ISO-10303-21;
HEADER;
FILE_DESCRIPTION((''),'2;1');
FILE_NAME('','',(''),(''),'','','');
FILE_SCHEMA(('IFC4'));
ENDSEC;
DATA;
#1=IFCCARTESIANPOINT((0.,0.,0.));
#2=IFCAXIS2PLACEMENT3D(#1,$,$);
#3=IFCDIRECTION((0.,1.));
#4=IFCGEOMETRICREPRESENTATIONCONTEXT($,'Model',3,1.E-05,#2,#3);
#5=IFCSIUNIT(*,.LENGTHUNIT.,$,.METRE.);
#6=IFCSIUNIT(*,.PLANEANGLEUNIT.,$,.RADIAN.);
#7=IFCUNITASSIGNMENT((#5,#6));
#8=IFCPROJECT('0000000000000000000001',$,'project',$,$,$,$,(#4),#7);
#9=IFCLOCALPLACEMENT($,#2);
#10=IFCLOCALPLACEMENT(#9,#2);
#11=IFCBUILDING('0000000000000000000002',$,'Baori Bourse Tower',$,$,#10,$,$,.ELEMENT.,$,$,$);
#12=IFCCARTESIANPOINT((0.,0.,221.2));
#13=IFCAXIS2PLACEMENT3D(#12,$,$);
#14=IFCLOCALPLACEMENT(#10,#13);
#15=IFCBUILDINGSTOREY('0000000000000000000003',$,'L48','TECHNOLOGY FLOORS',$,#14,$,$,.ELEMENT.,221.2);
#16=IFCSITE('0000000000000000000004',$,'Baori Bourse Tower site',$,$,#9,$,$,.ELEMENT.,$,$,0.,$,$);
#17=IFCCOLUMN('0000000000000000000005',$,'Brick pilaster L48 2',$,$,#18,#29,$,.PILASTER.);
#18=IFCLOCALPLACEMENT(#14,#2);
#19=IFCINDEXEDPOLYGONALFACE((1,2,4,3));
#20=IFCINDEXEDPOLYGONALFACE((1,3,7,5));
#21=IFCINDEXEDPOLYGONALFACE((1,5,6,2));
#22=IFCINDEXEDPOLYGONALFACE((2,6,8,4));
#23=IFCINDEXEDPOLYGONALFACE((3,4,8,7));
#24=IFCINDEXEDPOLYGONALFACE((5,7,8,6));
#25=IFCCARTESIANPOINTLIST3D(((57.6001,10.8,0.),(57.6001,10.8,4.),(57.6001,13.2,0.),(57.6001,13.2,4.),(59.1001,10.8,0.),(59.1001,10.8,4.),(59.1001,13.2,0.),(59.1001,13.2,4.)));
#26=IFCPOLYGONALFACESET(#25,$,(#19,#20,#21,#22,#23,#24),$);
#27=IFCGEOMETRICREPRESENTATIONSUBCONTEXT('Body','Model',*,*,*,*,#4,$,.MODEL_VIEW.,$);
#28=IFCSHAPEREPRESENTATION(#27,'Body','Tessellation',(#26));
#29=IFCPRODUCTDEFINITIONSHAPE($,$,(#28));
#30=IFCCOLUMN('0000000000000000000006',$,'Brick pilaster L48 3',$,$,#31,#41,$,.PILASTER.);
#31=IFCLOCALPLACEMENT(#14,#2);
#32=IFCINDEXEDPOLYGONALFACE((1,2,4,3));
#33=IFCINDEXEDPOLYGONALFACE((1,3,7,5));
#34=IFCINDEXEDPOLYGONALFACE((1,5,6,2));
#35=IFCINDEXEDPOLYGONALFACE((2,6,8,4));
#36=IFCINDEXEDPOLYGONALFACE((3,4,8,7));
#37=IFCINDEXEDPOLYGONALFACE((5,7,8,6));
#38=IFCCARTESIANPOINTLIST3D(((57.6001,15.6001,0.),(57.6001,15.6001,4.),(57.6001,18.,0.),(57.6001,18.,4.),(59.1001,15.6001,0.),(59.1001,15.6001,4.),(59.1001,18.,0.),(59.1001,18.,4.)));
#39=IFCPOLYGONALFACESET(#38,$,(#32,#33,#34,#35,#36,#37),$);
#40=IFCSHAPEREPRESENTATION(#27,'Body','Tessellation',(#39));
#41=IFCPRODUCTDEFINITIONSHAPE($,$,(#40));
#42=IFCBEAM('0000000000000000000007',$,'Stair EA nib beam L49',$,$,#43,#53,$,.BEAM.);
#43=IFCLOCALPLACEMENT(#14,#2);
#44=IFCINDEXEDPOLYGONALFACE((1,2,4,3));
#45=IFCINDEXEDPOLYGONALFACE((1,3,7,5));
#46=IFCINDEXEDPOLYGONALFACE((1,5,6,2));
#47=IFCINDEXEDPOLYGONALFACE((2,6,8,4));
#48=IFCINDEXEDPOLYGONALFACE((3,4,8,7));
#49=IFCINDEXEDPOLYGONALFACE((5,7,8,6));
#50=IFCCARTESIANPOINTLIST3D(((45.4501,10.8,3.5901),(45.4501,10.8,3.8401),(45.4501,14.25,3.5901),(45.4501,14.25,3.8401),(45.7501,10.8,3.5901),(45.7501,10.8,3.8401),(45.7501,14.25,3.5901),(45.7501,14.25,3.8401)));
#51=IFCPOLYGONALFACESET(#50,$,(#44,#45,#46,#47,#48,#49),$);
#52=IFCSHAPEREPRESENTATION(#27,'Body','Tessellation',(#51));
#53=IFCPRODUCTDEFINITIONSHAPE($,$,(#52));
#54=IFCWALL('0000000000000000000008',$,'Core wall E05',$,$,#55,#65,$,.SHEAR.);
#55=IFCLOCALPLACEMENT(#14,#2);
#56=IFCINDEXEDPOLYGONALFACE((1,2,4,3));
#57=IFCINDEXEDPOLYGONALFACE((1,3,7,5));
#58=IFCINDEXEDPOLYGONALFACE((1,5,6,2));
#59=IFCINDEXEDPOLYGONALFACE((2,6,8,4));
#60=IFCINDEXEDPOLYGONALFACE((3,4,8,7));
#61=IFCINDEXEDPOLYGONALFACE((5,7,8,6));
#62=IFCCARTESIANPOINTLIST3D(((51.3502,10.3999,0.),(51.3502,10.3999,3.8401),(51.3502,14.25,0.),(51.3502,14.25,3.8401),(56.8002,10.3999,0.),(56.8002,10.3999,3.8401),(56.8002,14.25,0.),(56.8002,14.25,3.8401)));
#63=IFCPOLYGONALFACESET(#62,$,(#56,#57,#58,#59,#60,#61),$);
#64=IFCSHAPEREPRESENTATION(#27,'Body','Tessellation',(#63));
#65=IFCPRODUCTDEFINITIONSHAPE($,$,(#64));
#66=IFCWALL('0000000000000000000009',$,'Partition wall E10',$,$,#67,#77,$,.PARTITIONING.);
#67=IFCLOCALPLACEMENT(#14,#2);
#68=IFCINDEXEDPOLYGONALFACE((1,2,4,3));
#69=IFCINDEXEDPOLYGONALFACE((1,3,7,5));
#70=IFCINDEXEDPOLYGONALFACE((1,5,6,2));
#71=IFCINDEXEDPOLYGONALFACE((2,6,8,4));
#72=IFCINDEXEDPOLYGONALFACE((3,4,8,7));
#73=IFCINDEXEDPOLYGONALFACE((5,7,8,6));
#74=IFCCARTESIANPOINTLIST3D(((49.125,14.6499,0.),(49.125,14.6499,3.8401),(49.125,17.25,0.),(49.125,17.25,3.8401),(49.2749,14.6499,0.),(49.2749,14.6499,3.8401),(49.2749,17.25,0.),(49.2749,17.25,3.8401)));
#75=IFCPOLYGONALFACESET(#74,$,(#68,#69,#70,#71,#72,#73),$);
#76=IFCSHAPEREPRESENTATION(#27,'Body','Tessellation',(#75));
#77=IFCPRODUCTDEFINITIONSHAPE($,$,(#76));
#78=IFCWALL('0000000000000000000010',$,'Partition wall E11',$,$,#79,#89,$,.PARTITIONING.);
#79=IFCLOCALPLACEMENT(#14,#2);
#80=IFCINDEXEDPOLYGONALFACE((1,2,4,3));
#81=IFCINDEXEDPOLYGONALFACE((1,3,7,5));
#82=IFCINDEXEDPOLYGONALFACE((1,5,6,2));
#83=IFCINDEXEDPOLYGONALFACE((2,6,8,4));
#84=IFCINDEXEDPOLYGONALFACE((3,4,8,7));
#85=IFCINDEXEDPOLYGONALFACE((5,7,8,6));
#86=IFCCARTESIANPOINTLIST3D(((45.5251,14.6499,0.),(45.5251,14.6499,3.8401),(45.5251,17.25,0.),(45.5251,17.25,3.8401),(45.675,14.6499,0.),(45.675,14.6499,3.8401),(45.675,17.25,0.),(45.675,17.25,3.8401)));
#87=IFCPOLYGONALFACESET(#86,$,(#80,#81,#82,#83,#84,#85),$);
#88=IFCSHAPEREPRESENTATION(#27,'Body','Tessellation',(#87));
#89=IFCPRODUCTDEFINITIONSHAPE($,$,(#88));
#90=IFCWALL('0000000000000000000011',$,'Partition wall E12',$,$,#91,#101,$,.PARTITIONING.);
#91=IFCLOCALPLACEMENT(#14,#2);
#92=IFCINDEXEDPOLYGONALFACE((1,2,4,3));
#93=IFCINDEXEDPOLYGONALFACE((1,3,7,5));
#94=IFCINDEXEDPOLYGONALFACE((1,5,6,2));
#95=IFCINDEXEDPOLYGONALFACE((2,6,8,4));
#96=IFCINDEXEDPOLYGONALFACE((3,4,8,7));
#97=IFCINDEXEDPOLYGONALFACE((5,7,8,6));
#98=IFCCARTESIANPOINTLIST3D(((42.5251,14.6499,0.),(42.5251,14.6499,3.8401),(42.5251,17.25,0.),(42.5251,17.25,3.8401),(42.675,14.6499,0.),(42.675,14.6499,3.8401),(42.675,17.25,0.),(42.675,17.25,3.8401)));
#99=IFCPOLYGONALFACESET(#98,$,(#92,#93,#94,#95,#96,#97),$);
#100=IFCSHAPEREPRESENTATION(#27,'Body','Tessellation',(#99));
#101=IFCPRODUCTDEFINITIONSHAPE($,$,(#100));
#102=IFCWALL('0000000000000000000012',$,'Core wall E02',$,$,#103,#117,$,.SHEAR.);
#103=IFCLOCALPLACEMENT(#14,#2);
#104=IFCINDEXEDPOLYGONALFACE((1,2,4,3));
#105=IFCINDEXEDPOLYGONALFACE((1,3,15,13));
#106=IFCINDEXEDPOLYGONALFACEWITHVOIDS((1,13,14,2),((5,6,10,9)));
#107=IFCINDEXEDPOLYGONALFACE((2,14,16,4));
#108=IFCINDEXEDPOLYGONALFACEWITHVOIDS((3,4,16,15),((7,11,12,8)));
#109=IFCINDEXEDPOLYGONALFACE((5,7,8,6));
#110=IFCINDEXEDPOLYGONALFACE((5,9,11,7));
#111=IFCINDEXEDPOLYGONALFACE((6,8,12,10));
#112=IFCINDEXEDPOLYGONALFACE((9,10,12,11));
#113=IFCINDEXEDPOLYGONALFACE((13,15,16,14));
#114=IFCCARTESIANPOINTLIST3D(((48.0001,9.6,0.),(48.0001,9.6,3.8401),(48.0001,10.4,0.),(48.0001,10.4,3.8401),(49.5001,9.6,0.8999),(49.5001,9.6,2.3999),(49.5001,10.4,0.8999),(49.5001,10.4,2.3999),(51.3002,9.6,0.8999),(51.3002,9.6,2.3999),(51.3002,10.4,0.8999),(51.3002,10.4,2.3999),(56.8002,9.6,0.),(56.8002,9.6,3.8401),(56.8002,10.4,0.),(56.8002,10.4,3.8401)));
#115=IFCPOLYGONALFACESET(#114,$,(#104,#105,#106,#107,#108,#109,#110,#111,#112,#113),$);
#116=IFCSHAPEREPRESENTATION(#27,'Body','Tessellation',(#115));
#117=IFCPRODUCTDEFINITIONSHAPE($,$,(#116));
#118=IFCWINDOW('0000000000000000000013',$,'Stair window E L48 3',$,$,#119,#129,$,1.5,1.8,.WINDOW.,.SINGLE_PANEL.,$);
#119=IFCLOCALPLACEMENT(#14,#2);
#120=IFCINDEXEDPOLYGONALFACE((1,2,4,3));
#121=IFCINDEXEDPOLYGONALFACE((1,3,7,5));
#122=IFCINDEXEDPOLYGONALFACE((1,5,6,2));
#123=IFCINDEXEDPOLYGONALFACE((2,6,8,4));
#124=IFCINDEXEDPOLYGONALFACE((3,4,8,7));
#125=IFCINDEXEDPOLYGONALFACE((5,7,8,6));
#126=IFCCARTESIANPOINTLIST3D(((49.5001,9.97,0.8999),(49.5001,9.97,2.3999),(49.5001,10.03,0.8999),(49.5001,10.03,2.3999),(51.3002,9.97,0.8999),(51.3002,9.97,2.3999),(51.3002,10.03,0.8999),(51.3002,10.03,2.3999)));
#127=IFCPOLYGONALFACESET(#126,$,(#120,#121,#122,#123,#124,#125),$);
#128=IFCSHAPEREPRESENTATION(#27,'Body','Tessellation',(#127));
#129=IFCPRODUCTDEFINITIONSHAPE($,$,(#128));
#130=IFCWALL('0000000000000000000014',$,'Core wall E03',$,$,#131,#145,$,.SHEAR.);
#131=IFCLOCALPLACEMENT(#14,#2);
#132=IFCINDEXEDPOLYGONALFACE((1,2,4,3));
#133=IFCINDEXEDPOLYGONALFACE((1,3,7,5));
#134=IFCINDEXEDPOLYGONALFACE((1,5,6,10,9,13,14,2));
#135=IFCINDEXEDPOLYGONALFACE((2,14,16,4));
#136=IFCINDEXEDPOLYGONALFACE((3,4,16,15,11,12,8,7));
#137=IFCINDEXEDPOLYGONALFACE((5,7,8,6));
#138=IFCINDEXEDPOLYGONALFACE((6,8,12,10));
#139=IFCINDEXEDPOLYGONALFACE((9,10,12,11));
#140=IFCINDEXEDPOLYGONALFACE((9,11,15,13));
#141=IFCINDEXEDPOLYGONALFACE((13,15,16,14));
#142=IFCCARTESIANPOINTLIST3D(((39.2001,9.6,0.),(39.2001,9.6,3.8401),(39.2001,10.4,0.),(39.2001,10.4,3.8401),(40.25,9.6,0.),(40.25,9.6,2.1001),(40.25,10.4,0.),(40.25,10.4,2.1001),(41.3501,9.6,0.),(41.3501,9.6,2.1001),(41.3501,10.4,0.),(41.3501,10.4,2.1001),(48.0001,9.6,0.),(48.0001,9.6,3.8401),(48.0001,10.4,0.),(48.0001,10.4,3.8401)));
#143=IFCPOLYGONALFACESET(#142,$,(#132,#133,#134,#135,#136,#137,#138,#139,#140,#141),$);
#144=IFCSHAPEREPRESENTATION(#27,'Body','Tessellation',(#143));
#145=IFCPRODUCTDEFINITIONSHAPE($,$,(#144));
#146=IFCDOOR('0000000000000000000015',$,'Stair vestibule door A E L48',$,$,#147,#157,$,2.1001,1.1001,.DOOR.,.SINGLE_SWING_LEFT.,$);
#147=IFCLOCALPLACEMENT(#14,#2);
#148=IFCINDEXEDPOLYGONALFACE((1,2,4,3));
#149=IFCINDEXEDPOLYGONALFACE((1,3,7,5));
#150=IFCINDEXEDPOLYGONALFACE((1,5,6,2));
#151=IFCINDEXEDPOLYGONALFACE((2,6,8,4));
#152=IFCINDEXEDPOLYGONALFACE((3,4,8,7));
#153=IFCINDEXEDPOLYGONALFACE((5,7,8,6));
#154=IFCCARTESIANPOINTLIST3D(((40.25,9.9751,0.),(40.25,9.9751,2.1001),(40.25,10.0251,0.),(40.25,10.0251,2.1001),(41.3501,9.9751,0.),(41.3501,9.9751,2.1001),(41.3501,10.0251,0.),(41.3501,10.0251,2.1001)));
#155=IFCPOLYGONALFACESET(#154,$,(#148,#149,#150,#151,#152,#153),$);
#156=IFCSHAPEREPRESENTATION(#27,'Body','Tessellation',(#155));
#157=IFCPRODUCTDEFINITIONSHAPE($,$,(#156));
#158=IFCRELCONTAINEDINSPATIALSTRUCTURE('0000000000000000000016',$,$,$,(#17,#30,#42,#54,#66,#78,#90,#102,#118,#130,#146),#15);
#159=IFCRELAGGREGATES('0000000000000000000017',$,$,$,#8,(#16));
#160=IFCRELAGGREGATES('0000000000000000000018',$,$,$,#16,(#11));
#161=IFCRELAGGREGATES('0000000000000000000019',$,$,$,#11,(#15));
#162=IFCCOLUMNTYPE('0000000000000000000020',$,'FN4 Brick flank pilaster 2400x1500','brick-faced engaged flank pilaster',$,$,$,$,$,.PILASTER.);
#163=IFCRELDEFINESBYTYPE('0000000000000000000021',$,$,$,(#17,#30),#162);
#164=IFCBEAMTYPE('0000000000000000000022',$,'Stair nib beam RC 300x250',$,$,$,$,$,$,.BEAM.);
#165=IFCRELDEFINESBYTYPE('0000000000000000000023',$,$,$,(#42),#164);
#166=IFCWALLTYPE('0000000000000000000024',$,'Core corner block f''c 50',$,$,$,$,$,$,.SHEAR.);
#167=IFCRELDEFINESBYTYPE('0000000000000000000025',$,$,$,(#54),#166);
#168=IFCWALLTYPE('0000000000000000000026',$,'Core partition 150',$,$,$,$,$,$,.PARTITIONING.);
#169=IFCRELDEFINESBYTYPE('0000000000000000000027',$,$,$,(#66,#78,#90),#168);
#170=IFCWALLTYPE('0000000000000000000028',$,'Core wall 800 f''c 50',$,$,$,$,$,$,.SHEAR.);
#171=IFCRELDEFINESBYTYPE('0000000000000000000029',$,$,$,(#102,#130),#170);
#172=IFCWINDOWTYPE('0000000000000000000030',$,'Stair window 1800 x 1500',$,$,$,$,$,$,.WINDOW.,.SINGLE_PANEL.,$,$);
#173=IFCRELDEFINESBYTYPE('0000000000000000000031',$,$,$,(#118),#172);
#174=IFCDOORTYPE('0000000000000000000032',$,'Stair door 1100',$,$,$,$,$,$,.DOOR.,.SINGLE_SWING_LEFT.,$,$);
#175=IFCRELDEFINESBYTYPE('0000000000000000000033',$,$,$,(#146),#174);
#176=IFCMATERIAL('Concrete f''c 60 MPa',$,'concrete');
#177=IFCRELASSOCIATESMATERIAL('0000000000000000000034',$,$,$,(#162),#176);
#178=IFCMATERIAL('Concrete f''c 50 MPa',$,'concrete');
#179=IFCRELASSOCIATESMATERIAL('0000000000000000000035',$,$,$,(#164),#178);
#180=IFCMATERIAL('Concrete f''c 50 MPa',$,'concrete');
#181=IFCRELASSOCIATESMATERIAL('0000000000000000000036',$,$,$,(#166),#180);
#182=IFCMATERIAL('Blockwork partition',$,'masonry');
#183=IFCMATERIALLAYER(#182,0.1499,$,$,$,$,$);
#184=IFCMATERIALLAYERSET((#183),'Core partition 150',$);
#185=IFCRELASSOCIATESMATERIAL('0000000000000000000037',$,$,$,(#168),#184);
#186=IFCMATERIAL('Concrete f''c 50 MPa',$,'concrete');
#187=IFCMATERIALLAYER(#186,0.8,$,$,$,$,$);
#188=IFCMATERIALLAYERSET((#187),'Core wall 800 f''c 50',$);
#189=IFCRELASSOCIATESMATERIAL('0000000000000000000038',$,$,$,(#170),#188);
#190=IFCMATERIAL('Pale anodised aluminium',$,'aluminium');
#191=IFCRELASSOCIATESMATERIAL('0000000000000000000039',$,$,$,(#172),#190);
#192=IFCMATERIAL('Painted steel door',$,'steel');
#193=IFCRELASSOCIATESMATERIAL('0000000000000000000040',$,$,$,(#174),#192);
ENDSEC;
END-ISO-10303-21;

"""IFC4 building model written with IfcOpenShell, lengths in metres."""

from ifc_helpers import new_model, si_unit, direction, frame, frame_2d, origin, origin_2d, place, context, subcontext, project, spatial, rectangle, extrude, material, layer, layer_set, material_profile, profile_set, type_object, element, fill, save


model = new_model("IFC4")

# Units and contexts
model_context = context("Model", 3, precision=1e-05, world=origin(), true_north=direction((0.0, 1.0)))
body_context = subcontext(model_context, "Body", "Model", "MODEL_VIEW")
ifc_project = project(units=[si_unit("LENGTHUNIT", "METRE"), si_unit("PLANEANGLEUNIT", "RADIAN")], contexts=[model_context])

# Site, building, storey
site_placement = place(None, origin())
site = spatial("IfcSite", under=ifc_project, at=site_placement, Name="Baori Bourse Tower site", CompositionType="ELEMENT", RefElevation=0.0)
building_placement = place(site_placement, origin())
building = spatial("IfcBuilding", under=site, at=building_placement, Name="Baori Bourse Tower", CompositionType="ELEMENT")
storey_placement = place(building_placement, frame((0.0, 0.0, 221.2)))
storey = spatial("IfcBuildingStorey", under=building, at=storey_placement, Name="L48", Description="TECHNOLOGY FLOORS", CompositionType="ELEMENT", Elevation=221.2)

# Columns
ifc_material_1 = material(Name="Concrete f'c 60 MPa", Category="concrete")
ifc_material_profile_1 = material_profile(ifc_material_1, rectangle(XDim=2.3999, YDim=1.5, at=origin_2d()), Name="RC 2400x1500")
ifc_profile_set_1 = profile_set([ifc_material_profile_1], Name="Concrete f'c 60 MPa")
column_type = type_object("IfcColumnType", Name="FN4 Brick flank pilaster 2400x1500", Description="brick-faced engaged flank pilaster", PredefinedType="PILASTER", material=ifc_profile_set_1)
for number, where, z_axis, x_axis, name in (
    (1, (58.3501, 12.0, 0.0), (0.0, 0.0, 1.0), (0.0, 1.0, 0.0), "Brick pilaster L48 2"),
    (2, (58.3501, 16.8, 0.0), (0.0, 0.0, 1.0), (0.0, 1.0, 0.0), "Brick pilaster L48 3"),
):
    element("IfcColumn", number, at=place(storey_placement, frame(where, z_axis=z_axis, x_axis=x_axis)), inside=storey, type_object=column_type, Name=name, PredefinedType="PILASTER", context=body_context, shape_type="SweptSolid", body=[
        extrude(rectangle(XDim=2.3999, YDim=1.5, at=origin_2d()), origin(), (0.0, 0.0, 1.0), 4.0),
    ])

# Beam
ifc_material_2 = material(Name="Concrete f'c 50 MPa", Category="concrete")
ifc_material_profile_2 = material_profile(ifc_material_2, rectangle(XDim=0.3, YDim=0.25, at=origin_2d()), Name="RC 300x250")
ifc_profile_set_2 = profile_set([ifc_material_profile_2], Name="Concrete f'c 50 MPa")
beam_type = type_object("IfcBeamType", Name="Stair nib beam RC 300x250", PredefinedType="BEAM", material=ifc_profile_set_2)
beam_placement = place(storey_placement, frame((45.6001, 10.8, 3.7151), z_axis=(0.0, 1.0, 0.0), x_axis=(-1.0, 0.0, 0.0)))
element("IfcBeam", 3, at=beam_placement, inside=storey, type_object=beam_type, Name="Stair EA nib beam L49", PredefinedType="BEAM", context=body_context, shape_type="SweptSolid", body=[
    extrude(rectangle(XDim=0.3, YDim=0.25, at=origin_2d()), origin(), (0.0, 0.0, 1.0), 3.45),
])

# Walls
ifc_material_3 = material(Name="Concrete f'c 50 MPa", Category="concrete")
wall_type_1 = type_object("IfcWallType", Name="Core corner block f'c 50", PredefinedType="SHEAR", material=ifc_material_3)
wall_1_placement = place(storey_placement, frame((51.3501, 12.325, 0.0), z_axis=(0.0, 0.0, 1.0), x_axis=(1.0, 0.0, 0.0)))
element("IfcWall", 4, at=wall_1_placement, inside=storey, type_object=wall_type_1, Name="Core wall E05", PredefinedType="SHEAR", context=body_context, shape_type="SweptSolid", body=[
    extrude(rectangle(XDim=5.45, YDim=3.8501, at=frame_2d((2.7251, 0.0))), origin(), (0.0, 0.0, 1.0), 3.8401),
])
ifc_material_4 = material(Name="Blockwork partition", Category="masonry")
ifc_layer_1 = layer(ifc_material_4, 0.1499)
ifc_layer_set_1 = layer_set([ifc_layer_1], Name="Core partition 150")
wall_type_2 = type_object("IfcWallType", Name="Core partition 150", PredefinedType="PARTITIONING", material=ifc_layer_set_1)
for number, where, z_axis, x_axis, name in (
    (5, (49.2, 14.6499, 0.0), (0.0, 0.0, 1.0), (0.0, 1.0, 0.0), "Partition wall E10"),
    (6, (45.6001, 14.6499, 0.0), (0.0, 0.0, 1.0), (0.0, 1.0, 0.0), "Partition wall E11"),
    (7, (42.6001, 14.6499, 0.0), (0.0, 0.0, 1.0), (0.0, 1.0, 0.0), "Partition wall E12"),
):
    element("IfcWall", number, at=place(storey_placement, frame(where, z_axis=z_axis, x_axis=x_axis)), inside=storey, type_object=wall_type_2, Name=name, PredefinedType="PARTITIONING", context=body_context, shape_type="SweptSolid", body=[
        extrude(rectangle(XDim=2.6001, YDim=0.1499, at=frame_2d((1.3, 0.0))), origin(), (0.0, 0.0, 1.0), 3.8401),
    ])

# Wall, opening, window
ifc_material_5 = material(Name="Concrete f'c 50 MPa", Category="concrete")
ifc_layer_2 = layer(ifc_material_5, 0.8)
ifc_layer_set_2 = layer_set([ifc_layer_2], Name="Core wall 800 f'c 50")
wall_type_3 = type_object("IfcWallType", Name="Core wall 800 f'c 50", PredefinedType="SHEAR", material=ifc_layer_set_2)
wall_2_placement = place(storey_placement, frame((56.8, 10.0, 0.0), z_axis=(0.0, 0.0, 1.0), x_axis=(-1.0, 0.0, 0.0)))
wall_2 = element("IfcWall", 8, at=wall_2_placement, inside=storey, type_object=wall_type_3, Name="Core wall E02", PredefinedType="SHEAR", context=body_context, shape_type="SweptSolid", body=[
    extrude(rectangle(XDim=8.8, YDim=0.8, at=frame_2d((4.3999, 0.0))), origin(), (0.0, 0.0, 1.0), 3.8401),
])
opening_1_placement = place(wall_2_placement, frame((5.5, 0.0, 0.8999)))
opening_1 = element("IfcOpeningElement", 9, at=opening_1_placement, cuts=wall_2, PredefinedType="OPENING", context=body_context, shape_type="SweptSolid", body=[
    extrude(rectangle(XDim=1.8, YDim=1.5, at=frame_2d((0.8999, 0.75))), frame((0.0, 0.4099, 0.0), z_axis=(0.0, -1.0, 0.0), x_axis=(1.0, 0.0, 0.0)), (0.0, 0.0, 1.0), 0.8201),
])
ifc_material_6 = material(Name="Pale anodised aluminium", Category="aluminium")
window_type = type_object("IfcWindowType", Name="Stair window 1800 x 1500", PartitioningType="SINGLE_PANEL", PredefinedType="WINDOW", material=ifc_material_6)
window_placement = place(opening_1_placement, origin())
window = element("IfcWindow", 10, at=window_placement, inside=storey, type_object=window_type, Name="Stair window E L48 3", OverallHeight=1.5, OverallWidth=1.8, PartitioningType="SINGLE_PANEL", PredefinedType="WINDOW", context=body_context, shape_type="SweptSolid", body=[
    extrude(rectangle(XDim=1.8, YDim=1.5, at=frame_2d((0.8999, 0.75))), frame((0.0, 0.03, 0.0), z_axis=(0.0, -1.0, 0.0), x_axis=(1.0, 0.0, 0.0)), (0.0, 0.0, 1.0), 0.0601),
])
fill(opening_1, window)

# Wall, opening, door
wall_3_placement = place(storey_placement, frame((48.0, 10.0, 0.0), z_axis=(0.0, 0.0, 1.0), x_axis=(-1.0, 0.0, 0.0)))
wall_3 = element("IfcWall", 11, at=wall_3_placement, inside=storey, type_object=wall_type_3, Name="Core wall E03", PredefinedType="SHEAR", context=body_context, shape_type="SweptSolid", body=[
    extrude(rectangle(XDim=8.8, YDim=0.8, at=frame_2d((4.3999, 0.0))), origin(), (0.0, 0.0, 1.0), 3.8401),
])
opening_2_placement = place(wall_3_placement, frame((6.6499, 0.0, 0.0)))
opening_2 = element("IfcOpeningElement", 12, at=opening_2_placement, cuts=wall_3, PredefinedType="OPENING", context=body_context, shape_type="SweptSolid", body=[
    extrude(rectangle(XDim=1.1001, YDim=2.1001, at=frame_2d((0.55, 1.05))), frame((0.0, 0.4099, 0.0), z_axis=(0.0, -1.0, 0.0), x_axis=(1.0, 0.0, 0.0)), (0.0, 0.0, 1.0), 0.8201),
])
ifc_material_7 = material(Name="Painted steel door", Category="steel")
door_type_1 = type_object("IfcDoorType", Name="Stair door 1100", OperationType="SINGLE_SWING_LEFT", PredefinedType="DOOR", material=ifc_material_7)
door_1_placement = place(opening_2_placement, origin())
door_1 = element("IfcDoor", 13, at=door_1_placement, inside=storey, type_object=door_type_1, Name="Stair vestibule door A E L48", OperationType="SINGLE_SWING_LEFT", OverallHeight=2.1001, OverallWidth=1.1001, PredefinedType="DOOR", context=body_context, shape_type="SweptSolid", body=[
    extrude(rectangle(XDim=1.1001, YDim=2.1001, at=frame_2d((0.55, 1.05))), frame((0.0, 0.0249, 0.0), z_axis=(0.0, -1.0, 0.0), x_axis=(1.0, 0.0, 0.0)), (0.0, 0.0, 1.0), 0.05),
])
fill(opening_2, door_1)

save(model, "model.ifc")
